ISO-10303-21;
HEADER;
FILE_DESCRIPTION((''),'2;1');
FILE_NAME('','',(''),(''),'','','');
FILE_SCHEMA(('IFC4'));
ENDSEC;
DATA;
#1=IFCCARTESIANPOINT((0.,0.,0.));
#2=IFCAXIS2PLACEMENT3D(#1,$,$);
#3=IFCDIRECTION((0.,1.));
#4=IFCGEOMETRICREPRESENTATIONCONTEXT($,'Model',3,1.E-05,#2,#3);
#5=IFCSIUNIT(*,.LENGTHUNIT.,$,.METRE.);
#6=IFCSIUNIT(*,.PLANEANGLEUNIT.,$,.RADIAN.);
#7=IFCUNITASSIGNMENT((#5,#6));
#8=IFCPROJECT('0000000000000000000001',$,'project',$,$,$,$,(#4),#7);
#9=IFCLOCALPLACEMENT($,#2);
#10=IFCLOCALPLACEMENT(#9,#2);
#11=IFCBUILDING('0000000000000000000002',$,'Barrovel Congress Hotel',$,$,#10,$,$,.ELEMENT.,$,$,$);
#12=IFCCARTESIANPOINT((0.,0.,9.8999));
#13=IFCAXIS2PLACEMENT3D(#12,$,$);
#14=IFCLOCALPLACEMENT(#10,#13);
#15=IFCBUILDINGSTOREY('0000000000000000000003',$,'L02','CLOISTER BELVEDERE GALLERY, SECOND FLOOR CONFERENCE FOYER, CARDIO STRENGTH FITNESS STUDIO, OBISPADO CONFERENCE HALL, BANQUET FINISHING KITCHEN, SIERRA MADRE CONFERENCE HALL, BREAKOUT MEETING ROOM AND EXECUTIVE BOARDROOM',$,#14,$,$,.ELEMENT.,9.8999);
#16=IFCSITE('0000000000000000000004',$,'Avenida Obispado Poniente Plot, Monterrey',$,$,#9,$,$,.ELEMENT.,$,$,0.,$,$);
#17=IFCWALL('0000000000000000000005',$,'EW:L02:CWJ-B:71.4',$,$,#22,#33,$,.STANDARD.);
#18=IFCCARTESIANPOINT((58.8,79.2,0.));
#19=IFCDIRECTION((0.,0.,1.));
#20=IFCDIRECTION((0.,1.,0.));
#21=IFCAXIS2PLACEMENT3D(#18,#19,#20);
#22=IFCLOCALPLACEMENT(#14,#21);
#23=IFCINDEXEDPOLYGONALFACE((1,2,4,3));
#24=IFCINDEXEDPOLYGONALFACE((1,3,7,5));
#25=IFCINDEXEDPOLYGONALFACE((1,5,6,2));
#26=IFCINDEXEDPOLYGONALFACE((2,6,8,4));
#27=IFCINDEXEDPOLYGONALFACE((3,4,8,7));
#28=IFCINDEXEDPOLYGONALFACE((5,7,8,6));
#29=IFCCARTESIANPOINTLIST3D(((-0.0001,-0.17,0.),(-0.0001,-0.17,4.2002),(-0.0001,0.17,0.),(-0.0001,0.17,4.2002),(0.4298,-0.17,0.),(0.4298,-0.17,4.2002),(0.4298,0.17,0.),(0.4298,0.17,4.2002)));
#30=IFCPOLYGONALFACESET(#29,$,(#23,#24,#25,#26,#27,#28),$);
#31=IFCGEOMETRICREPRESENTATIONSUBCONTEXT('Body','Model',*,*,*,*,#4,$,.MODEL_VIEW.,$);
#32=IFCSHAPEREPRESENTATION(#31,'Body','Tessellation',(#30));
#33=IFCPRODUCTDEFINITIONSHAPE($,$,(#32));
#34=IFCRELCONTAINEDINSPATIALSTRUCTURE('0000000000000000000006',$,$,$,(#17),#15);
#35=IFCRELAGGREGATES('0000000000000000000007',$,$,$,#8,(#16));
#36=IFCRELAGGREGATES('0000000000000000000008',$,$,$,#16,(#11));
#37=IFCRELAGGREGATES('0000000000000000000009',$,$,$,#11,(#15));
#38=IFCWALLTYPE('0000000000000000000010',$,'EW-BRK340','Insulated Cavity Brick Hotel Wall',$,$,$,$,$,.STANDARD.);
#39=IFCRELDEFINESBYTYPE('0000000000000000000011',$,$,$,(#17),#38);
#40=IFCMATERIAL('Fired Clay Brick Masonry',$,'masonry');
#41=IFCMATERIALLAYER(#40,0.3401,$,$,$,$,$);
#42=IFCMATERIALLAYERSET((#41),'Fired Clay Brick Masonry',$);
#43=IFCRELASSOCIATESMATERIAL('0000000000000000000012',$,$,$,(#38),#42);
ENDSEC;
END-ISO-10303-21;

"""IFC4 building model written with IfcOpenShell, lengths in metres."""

from ifc_helpers import new_model, si_unit, direction, frame, frame_2d, origin, place, context, subcontext, project, spatial, rectangle, extrude, material, layer, layer_set, type_object, element, save


model = new_model("IFC4")

# Units and contexts
model_context = context("Model", 3, precision=1e-05, world=origin(), true_north=direction((0.0, 1.0)))
body_context = subcontext(model_context, "Body", "Model", "MODEL_VIEW")
ifc_project = project(units=[si_unit("LENGTHUNIT", "METRE"), si_unit("PLANEANGLEUNIT", "RADIAN")], contexts=[model_context])

# Site, building, storey
site_placement = place(None, origin())
site = spatial("IfcSite", under=ifc_project, at=site_placement, Name="Avenida Obispado Poniente Plot, Monterrey", CompositionType="ELEMENT", RefElevation=0.0)
building_placement = place(site_placement, origin())
building = spatial("IfcBuilding", under=site, at=building_placement, Name="Barrovel Congress Hotel", CompositionType="ELEMENT")
storey_placement = place(building_placement, frame((0.0, 0.0, 9.8999)))
storey = spatial("IfcBuildingStorey", under=building, at=storey_placement, Name="L02", Description="CLOISTER BELVEDERE GALLERY, SECOND FLOOR CONFERENCE FOYER, CARDIO STRENGTH FITNESS STUDIO, OBISPADO CONFERENCE HALL, BANQUET FINISHING KITCHEN, SIERRA MADRE CONFERENCE HALL, BREAKOUT MEETING ROOM AND EXECUTIVE BOARDROOM", CompositionType="ELEMENT", Elevation=9.8999)

# Wall
ifc_material_1 = material(Name="Fired Clay Brick Masonry", Category="masonry")
ifc_layer_1 = layer(ifc_material_1, 0.3401)
ifc_layer_set_1 = layer_set([ifc_layer_1], Name="Fired Clay Brick Masonry")
wall_type_1 = type_object("IfcWallType", Name="EW-BRK340", Description="Insulated Cavity Brick Hotel Wall", PredefinedType="STANDARD", material=ifc_layer_set_1)
wall_1_placement = place(storey_placement, frame((58.8, 79.2, 0.0), z_axis=(0.0, 0.0, 1.0), x_axis=(0.0, 1.0, 0.0)))
element("IfcWall", 1, at=wall_1_placement, inside=storey, type_object=wall_type_1, Name="EW:L02:CWJ-B:71.4", PredefinedType="STANDARD", context=body_context, shape_type="SweptSolid", body=[
    extrude(rectangle(XDim=0.4299, YDim=0.3401, at=frame_2d((0.2148, 0.0))), origin(), (0.0, 0.0, 1.0), 4.2002),
])

save(model, "model.ifc")
